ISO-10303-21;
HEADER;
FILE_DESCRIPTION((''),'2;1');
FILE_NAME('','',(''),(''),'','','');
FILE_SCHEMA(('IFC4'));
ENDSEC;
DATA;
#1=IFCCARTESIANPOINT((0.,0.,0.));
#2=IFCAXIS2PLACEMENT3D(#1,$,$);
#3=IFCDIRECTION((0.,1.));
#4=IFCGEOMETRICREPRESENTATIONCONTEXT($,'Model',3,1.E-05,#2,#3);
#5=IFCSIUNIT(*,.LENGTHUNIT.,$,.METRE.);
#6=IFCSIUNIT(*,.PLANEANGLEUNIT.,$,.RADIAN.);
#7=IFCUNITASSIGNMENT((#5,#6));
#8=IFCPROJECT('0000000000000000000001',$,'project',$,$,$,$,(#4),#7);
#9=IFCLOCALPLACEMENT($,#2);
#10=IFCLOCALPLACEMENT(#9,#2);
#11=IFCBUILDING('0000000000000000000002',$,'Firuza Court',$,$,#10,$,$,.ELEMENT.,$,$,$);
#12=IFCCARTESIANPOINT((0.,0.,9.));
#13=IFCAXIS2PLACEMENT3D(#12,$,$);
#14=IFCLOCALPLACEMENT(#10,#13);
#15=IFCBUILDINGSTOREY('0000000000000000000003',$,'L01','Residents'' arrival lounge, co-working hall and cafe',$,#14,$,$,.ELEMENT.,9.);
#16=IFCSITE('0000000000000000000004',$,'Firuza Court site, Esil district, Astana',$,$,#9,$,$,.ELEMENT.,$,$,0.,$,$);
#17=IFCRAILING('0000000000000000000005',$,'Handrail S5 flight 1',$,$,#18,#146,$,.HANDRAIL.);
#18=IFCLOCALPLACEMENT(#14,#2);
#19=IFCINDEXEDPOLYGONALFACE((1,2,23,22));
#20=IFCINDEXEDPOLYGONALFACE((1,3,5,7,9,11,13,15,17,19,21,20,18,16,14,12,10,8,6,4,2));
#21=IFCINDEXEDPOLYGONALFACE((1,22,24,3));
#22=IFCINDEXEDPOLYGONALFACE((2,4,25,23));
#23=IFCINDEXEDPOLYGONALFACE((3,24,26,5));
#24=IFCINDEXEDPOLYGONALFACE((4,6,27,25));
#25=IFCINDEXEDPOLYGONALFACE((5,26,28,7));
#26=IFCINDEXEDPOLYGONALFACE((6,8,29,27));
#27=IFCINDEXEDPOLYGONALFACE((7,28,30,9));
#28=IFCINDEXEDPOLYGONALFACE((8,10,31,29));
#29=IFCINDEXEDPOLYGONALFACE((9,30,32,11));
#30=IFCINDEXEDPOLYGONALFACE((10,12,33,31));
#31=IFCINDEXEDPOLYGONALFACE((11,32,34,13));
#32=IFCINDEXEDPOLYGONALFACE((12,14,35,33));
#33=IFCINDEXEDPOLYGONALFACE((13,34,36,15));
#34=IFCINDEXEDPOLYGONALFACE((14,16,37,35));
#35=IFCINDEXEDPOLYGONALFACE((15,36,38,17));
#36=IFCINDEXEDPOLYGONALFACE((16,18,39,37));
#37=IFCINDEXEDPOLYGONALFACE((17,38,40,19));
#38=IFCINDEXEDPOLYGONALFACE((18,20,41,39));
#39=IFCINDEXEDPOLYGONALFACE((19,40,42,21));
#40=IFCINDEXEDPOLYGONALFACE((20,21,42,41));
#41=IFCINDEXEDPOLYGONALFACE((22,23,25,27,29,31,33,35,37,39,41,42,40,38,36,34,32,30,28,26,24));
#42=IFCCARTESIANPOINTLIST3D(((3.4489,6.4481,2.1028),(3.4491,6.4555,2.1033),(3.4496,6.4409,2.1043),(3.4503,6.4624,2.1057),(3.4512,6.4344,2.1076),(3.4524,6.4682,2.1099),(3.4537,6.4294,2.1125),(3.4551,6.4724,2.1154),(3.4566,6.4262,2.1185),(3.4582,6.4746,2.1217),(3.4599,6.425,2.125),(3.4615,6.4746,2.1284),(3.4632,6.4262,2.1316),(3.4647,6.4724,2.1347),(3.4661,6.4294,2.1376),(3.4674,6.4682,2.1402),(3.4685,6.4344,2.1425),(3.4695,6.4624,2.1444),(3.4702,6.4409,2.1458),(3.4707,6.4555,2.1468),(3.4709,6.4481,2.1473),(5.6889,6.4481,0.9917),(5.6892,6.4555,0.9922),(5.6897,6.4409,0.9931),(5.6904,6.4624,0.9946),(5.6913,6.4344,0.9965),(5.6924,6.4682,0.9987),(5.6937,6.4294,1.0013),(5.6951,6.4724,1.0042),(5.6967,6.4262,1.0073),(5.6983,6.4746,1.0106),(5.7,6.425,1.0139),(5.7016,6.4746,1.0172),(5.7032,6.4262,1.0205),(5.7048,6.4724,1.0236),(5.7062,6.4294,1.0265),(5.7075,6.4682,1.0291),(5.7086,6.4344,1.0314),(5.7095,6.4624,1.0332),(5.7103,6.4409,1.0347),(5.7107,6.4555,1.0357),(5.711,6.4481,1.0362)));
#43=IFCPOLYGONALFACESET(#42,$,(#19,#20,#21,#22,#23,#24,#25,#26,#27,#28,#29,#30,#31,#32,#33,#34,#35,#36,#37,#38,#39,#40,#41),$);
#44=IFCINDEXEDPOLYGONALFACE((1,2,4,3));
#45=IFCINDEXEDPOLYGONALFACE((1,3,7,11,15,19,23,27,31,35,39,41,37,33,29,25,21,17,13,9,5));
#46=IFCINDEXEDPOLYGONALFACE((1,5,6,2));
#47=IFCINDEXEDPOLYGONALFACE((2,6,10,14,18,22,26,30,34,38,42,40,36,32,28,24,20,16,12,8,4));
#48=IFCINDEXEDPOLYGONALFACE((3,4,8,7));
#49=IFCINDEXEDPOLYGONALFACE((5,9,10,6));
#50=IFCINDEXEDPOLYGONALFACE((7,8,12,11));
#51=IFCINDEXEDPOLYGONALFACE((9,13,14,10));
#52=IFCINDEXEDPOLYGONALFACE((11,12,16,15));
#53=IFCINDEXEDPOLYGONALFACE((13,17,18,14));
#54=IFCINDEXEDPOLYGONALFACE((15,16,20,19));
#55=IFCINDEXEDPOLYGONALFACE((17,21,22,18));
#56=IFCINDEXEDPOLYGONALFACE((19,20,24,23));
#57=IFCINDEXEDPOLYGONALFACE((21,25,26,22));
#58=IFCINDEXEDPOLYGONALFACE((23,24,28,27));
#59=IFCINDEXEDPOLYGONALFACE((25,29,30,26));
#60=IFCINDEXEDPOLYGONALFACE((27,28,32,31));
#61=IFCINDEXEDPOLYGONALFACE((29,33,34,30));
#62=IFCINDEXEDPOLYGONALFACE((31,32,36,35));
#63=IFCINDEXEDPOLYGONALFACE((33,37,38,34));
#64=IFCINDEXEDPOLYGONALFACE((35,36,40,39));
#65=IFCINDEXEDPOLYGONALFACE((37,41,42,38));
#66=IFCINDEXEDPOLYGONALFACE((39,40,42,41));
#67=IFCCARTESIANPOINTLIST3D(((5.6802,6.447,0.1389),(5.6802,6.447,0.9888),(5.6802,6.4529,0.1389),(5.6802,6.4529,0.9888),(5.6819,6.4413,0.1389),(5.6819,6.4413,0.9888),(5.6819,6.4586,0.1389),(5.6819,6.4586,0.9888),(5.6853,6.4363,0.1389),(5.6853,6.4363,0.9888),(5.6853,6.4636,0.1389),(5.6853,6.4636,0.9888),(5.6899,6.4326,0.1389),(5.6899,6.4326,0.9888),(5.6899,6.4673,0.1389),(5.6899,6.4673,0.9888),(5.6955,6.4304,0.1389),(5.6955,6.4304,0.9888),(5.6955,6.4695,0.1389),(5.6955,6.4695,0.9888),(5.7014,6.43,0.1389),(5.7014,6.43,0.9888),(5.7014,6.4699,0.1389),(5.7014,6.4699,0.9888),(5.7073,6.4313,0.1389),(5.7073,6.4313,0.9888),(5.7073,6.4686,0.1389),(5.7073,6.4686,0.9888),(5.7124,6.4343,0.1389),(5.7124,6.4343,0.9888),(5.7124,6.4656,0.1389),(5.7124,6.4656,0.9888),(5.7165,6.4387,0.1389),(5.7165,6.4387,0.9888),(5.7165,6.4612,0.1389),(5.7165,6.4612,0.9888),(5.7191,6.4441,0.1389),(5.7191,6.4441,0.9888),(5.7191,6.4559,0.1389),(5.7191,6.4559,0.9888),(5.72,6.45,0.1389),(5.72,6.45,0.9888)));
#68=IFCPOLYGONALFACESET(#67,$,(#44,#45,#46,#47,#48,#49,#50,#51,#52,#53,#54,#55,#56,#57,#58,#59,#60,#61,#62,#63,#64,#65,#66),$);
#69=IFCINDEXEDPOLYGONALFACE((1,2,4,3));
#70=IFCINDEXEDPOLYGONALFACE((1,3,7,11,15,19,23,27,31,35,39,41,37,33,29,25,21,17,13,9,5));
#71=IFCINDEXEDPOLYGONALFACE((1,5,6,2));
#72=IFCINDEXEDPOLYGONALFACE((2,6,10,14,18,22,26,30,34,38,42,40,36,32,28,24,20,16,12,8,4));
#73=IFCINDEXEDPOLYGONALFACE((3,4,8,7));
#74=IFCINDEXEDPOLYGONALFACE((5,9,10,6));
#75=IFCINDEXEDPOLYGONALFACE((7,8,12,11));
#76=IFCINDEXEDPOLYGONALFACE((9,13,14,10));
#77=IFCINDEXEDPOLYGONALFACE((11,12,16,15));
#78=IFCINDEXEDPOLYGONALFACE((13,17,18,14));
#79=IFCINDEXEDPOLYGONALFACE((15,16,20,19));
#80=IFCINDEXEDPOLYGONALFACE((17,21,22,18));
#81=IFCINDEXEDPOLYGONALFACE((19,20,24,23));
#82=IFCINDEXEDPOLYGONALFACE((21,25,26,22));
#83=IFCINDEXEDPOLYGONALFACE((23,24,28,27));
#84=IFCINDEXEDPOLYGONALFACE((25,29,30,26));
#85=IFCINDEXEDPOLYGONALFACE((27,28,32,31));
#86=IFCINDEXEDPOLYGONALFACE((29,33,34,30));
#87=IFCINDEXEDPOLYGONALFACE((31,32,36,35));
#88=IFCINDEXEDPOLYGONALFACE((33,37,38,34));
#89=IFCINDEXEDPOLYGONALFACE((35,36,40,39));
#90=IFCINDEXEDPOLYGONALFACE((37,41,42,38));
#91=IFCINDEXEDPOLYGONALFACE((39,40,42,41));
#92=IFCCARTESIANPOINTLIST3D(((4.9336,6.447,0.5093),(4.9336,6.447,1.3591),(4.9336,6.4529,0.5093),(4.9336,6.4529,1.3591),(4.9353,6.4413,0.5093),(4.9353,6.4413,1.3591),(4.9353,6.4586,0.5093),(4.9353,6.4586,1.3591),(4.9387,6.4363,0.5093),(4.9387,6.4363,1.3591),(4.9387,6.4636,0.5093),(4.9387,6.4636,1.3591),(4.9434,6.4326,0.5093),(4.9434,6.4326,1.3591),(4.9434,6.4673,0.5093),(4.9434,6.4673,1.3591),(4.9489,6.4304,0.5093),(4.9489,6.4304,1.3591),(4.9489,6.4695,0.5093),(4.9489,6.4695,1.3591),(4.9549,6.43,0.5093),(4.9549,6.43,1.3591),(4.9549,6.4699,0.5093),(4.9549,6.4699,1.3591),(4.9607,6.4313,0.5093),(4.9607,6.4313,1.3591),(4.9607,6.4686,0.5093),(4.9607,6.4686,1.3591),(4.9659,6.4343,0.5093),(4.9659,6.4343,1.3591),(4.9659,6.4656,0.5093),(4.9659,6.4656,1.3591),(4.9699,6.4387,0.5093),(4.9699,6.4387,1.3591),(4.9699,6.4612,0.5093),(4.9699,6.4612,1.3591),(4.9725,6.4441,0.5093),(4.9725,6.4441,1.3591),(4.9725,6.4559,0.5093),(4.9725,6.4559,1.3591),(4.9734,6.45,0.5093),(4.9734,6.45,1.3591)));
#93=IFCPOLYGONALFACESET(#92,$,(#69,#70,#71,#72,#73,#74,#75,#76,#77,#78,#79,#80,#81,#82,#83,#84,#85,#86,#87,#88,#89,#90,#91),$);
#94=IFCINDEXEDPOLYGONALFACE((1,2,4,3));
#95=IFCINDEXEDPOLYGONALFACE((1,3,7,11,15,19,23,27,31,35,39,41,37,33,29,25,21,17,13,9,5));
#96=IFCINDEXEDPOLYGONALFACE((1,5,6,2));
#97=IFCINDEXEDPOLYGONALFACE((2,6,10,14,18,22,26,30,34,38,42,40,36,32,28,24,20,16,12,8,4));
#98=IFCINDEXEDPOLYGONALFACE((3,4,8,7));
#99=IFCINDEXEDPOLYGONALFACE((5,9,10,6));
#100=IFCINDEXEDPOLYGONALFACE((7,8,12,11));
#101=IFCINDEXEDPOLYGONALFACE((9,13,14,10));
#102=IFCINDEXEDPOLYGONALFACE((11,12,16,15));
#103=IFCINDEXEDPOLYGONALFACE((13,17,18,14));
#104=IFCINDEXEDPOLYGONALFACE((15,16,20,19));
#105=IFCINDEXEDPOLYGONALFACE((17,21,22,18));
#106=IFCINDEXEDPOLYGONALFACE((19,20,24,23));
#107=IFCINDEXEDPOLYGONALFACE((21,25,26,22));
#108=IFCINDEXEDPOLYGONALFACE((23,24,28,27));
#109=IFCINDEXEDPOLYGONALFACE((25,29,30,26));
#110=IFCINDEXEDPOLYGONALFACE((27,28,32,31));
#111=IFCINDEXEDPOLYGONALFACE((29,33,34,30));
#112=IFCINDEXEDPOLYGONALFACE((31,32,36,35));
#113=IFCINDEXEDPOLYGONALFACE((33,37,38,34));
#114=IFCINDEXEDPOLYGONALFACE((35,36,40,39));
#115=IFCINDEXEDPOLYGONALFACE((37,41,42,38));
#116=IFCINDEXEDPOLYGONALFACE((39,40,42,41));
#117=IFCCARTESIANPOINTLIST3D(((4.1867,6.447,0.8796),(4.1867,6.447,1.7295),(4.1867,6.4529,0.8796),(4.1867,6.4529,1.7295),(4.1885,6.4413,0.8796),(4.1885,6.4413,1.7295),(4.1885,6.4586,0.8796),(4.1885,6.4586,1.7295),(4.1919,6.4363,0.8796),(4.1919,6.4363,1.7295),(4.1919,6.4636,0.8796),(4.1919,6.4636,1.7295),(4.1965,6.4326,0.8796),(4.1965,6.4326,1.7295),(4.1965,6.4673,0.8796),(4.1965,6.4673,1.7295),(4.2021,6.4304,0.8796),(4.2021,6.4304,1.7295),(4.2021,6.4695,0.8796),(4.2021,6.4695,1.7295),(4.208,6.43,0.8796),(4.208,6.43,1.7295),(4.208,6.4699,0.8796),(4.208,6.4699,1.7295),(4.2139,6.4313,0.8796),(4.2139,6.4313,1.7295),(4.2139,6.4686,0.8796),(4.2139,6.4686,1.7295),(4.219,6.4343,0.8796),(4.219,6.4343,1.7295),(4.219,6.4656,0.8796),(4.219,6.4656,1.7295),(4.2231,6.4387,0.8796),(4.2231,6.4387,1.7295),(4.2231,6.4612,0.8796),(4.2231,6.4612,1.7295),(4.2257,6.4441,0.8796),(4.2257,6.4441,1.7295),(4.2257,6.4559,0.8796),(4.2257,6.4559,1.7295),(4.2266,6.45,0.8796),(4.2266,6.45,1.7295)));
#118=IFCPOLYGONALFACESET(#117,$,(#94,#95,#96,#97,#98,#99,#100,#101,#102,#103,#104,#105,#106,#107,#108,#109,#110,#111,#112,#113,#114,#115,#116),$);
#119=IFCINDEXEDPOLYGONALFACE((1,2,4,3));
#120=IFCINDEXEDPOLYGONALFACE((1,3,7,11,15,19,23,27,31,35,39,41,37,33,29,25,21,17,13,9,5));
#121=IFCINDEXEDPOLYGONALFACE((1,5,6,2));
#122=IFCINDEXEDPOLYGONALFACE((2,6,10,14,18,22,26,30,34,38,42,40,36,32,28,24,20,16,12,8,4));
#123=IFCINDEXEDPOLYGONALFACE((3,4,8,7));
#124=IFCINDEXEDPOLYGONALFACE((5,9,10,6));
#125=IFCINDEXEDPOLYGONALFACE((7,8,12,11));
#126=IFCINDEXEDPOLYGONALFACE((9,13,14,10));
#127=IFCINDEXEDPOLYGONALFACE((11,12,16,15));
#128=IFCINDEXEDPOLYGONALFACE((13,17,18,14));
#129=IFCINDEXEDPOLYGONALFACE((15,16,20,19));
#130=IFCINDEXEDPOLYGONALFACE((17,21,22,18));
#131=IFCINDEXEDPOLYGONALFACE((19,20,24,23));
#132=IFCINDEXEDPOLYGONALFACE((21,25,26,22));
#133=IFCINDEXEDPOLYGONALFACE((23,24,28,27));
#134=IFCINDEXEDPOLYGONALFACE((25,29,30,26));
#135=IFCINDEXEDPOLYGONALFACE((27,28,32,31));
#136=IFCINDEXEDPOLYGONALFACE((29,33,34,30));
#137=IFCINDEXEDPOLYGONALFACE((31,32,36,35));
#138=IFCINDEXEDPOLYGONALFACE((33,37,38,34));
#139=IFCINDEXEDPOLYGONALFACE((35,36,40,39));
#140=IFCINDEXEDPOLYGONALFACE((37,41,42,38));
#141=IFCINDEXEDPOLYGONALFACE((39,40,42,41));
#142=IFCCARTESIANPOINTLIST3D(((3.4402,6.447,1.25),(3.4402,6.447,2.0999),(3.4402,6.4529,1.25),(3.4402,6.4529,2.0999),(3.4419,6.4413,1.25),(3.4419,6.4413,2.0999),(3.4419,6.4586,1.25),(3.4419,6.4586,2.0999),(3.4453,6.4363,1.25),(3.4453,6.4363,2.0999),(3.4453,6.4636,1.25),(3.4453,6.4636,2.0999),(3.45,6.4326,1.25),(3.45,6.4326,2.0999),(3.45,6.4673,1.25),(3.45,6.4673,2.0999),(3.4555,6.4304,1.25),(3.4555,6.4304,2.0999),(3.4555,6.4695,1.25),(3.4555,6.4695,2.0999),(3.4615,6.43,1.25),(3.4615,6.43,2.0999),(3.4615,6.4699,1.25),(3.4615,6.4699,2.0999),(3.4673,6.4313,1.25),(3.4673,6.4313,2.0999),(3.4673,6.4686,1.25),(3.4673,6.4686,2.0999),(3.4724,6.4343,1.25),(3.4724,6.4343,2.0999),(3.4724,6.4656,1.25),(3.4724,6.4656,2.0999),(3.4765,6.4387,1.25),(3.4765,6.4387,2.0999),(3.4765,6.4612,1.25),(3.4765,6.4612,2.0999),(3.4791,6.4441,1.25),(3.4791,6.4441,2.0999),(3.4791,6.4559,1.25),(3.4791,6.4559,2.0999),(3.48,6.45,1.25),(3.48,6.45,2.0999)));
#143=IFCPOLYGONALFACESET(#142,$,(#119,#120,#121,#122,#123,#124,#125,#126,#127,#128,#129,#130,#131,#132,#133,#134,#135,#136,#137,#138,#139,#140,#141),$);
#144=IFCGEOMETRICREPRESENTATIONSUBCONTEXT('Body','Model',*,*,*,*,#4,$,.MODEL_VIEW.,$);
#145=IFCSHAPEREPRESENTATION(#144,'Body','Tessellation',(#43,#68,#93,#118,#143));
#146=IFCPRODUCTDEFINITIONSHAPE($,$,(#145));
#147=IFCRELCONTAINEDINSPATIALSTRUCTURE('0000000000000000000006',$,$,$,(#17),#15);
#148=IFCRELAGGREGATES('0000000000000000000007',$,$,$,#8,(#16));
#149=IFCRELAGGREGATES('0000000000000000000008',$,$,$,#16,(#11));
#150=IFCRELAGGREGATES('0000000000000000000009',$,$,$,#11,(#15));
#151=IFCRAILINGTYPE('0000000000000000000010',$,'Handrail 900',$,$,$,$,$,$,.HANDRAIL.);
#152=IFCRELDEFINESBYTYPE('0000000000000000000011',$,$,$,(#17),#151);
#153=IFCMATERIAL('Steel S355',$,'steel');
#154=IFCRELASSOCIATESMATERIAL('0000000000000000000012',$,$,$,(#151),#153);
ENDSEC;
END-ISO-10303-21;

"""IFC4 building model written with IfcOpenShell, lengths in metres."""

from ifc_helpers import new_model, si_unit, direction, frame, origin, origin_2d, place, context, subcontext, project, spatial, circle, extrude, material, type_object, element, save


model = new_model("IFC4")

# Units and contexts
model_context = context("Model", 3, precision=1e-05, world=origin(), true_north=direction((0.0, 1.0)))
body_context = subcontext(model_context, "Body", "Model", "MODEL_VIEW")
ifc_project = project(units=[si_unit("LENGTHUNIT", "METRE"), si_unit("PLANEANGLEUNIT", "RADIAN")], contexts=[model_context])

# Site, building, storey
site_placement = place(None, origin())
site = spatial("IfcSite", under=ifc_project, at=site_placement, Name="Firuza Court site, Esil district, Astana", CompositionType="ELEMENT", RefElevation=0.0)
building_placement = place(site_placement, origin())
building = spatial("IfcBuilding", under=site, at=building_placement, Name="Firuza Court", CompositionType="ELEMENT")
storey_placement = place(building_placement, frame((0.0, 0.0, 9.0)))
storey = spatial("IfcBuildingStorey", under=building, at=storey_placement, Name="L01", Description="Residents' arrival lounge, co-working hall and cafe", CompositionType="ELEMENT", Elevation=9.0)

# Railing
ifc_material_1 = material(Name="Steel S355", Category="steel")
railing_type_1 = type_object("IfcRailingType", Name="Handrail 900", PredefinedType="HANDRAIL", material=ifc_material_1)
for number, where, name in (
    (1, (5.7, 6.45, 0.1389), "Handrail S5 flight 1"),
):
    element("IfcRailing", number, at=place(storey_placement, frame(where)), inside=storey, type_object=railing_type_1, Name=name, PredefinedType="HANDRAIL", context=body_context, shape_type="SweptSolid", body=[
        extrude(circle(Radius=0.0249, at=origin_2d()), frame((0.0, 0.0, 0.875), z_axis=(-0.895848, 0.0, 0.44436), x_axis=(0.0, -1.0, 0.0)), (0.0, 0.0, 1.0), 2.5005),
        extrude(circle(Radius=0.02, at=origin_2d()), origin(), (0.0, 0.0, 1.0), 0.8499),
        extrude(circle(Radius=0.02, at=origin_2d()), frame((-0.7466, 0.0, 0.3704)), (0.0, 0.0, 1.0), 0.8499),
        extrude(circle(Radius=0.02, at=origin_2d()), frame((-1.4934, 0.0, 0.7407)), (0.0, 0.0, 1.0), 0.8499),
        extrude(circle(Radius=0.02, at=origin_2d()), frame((-2.24, 0.0, 1.1111)), (0.0, 0.0, 1.0), 0.8499),
    ])

save(model, "model.ifc")
